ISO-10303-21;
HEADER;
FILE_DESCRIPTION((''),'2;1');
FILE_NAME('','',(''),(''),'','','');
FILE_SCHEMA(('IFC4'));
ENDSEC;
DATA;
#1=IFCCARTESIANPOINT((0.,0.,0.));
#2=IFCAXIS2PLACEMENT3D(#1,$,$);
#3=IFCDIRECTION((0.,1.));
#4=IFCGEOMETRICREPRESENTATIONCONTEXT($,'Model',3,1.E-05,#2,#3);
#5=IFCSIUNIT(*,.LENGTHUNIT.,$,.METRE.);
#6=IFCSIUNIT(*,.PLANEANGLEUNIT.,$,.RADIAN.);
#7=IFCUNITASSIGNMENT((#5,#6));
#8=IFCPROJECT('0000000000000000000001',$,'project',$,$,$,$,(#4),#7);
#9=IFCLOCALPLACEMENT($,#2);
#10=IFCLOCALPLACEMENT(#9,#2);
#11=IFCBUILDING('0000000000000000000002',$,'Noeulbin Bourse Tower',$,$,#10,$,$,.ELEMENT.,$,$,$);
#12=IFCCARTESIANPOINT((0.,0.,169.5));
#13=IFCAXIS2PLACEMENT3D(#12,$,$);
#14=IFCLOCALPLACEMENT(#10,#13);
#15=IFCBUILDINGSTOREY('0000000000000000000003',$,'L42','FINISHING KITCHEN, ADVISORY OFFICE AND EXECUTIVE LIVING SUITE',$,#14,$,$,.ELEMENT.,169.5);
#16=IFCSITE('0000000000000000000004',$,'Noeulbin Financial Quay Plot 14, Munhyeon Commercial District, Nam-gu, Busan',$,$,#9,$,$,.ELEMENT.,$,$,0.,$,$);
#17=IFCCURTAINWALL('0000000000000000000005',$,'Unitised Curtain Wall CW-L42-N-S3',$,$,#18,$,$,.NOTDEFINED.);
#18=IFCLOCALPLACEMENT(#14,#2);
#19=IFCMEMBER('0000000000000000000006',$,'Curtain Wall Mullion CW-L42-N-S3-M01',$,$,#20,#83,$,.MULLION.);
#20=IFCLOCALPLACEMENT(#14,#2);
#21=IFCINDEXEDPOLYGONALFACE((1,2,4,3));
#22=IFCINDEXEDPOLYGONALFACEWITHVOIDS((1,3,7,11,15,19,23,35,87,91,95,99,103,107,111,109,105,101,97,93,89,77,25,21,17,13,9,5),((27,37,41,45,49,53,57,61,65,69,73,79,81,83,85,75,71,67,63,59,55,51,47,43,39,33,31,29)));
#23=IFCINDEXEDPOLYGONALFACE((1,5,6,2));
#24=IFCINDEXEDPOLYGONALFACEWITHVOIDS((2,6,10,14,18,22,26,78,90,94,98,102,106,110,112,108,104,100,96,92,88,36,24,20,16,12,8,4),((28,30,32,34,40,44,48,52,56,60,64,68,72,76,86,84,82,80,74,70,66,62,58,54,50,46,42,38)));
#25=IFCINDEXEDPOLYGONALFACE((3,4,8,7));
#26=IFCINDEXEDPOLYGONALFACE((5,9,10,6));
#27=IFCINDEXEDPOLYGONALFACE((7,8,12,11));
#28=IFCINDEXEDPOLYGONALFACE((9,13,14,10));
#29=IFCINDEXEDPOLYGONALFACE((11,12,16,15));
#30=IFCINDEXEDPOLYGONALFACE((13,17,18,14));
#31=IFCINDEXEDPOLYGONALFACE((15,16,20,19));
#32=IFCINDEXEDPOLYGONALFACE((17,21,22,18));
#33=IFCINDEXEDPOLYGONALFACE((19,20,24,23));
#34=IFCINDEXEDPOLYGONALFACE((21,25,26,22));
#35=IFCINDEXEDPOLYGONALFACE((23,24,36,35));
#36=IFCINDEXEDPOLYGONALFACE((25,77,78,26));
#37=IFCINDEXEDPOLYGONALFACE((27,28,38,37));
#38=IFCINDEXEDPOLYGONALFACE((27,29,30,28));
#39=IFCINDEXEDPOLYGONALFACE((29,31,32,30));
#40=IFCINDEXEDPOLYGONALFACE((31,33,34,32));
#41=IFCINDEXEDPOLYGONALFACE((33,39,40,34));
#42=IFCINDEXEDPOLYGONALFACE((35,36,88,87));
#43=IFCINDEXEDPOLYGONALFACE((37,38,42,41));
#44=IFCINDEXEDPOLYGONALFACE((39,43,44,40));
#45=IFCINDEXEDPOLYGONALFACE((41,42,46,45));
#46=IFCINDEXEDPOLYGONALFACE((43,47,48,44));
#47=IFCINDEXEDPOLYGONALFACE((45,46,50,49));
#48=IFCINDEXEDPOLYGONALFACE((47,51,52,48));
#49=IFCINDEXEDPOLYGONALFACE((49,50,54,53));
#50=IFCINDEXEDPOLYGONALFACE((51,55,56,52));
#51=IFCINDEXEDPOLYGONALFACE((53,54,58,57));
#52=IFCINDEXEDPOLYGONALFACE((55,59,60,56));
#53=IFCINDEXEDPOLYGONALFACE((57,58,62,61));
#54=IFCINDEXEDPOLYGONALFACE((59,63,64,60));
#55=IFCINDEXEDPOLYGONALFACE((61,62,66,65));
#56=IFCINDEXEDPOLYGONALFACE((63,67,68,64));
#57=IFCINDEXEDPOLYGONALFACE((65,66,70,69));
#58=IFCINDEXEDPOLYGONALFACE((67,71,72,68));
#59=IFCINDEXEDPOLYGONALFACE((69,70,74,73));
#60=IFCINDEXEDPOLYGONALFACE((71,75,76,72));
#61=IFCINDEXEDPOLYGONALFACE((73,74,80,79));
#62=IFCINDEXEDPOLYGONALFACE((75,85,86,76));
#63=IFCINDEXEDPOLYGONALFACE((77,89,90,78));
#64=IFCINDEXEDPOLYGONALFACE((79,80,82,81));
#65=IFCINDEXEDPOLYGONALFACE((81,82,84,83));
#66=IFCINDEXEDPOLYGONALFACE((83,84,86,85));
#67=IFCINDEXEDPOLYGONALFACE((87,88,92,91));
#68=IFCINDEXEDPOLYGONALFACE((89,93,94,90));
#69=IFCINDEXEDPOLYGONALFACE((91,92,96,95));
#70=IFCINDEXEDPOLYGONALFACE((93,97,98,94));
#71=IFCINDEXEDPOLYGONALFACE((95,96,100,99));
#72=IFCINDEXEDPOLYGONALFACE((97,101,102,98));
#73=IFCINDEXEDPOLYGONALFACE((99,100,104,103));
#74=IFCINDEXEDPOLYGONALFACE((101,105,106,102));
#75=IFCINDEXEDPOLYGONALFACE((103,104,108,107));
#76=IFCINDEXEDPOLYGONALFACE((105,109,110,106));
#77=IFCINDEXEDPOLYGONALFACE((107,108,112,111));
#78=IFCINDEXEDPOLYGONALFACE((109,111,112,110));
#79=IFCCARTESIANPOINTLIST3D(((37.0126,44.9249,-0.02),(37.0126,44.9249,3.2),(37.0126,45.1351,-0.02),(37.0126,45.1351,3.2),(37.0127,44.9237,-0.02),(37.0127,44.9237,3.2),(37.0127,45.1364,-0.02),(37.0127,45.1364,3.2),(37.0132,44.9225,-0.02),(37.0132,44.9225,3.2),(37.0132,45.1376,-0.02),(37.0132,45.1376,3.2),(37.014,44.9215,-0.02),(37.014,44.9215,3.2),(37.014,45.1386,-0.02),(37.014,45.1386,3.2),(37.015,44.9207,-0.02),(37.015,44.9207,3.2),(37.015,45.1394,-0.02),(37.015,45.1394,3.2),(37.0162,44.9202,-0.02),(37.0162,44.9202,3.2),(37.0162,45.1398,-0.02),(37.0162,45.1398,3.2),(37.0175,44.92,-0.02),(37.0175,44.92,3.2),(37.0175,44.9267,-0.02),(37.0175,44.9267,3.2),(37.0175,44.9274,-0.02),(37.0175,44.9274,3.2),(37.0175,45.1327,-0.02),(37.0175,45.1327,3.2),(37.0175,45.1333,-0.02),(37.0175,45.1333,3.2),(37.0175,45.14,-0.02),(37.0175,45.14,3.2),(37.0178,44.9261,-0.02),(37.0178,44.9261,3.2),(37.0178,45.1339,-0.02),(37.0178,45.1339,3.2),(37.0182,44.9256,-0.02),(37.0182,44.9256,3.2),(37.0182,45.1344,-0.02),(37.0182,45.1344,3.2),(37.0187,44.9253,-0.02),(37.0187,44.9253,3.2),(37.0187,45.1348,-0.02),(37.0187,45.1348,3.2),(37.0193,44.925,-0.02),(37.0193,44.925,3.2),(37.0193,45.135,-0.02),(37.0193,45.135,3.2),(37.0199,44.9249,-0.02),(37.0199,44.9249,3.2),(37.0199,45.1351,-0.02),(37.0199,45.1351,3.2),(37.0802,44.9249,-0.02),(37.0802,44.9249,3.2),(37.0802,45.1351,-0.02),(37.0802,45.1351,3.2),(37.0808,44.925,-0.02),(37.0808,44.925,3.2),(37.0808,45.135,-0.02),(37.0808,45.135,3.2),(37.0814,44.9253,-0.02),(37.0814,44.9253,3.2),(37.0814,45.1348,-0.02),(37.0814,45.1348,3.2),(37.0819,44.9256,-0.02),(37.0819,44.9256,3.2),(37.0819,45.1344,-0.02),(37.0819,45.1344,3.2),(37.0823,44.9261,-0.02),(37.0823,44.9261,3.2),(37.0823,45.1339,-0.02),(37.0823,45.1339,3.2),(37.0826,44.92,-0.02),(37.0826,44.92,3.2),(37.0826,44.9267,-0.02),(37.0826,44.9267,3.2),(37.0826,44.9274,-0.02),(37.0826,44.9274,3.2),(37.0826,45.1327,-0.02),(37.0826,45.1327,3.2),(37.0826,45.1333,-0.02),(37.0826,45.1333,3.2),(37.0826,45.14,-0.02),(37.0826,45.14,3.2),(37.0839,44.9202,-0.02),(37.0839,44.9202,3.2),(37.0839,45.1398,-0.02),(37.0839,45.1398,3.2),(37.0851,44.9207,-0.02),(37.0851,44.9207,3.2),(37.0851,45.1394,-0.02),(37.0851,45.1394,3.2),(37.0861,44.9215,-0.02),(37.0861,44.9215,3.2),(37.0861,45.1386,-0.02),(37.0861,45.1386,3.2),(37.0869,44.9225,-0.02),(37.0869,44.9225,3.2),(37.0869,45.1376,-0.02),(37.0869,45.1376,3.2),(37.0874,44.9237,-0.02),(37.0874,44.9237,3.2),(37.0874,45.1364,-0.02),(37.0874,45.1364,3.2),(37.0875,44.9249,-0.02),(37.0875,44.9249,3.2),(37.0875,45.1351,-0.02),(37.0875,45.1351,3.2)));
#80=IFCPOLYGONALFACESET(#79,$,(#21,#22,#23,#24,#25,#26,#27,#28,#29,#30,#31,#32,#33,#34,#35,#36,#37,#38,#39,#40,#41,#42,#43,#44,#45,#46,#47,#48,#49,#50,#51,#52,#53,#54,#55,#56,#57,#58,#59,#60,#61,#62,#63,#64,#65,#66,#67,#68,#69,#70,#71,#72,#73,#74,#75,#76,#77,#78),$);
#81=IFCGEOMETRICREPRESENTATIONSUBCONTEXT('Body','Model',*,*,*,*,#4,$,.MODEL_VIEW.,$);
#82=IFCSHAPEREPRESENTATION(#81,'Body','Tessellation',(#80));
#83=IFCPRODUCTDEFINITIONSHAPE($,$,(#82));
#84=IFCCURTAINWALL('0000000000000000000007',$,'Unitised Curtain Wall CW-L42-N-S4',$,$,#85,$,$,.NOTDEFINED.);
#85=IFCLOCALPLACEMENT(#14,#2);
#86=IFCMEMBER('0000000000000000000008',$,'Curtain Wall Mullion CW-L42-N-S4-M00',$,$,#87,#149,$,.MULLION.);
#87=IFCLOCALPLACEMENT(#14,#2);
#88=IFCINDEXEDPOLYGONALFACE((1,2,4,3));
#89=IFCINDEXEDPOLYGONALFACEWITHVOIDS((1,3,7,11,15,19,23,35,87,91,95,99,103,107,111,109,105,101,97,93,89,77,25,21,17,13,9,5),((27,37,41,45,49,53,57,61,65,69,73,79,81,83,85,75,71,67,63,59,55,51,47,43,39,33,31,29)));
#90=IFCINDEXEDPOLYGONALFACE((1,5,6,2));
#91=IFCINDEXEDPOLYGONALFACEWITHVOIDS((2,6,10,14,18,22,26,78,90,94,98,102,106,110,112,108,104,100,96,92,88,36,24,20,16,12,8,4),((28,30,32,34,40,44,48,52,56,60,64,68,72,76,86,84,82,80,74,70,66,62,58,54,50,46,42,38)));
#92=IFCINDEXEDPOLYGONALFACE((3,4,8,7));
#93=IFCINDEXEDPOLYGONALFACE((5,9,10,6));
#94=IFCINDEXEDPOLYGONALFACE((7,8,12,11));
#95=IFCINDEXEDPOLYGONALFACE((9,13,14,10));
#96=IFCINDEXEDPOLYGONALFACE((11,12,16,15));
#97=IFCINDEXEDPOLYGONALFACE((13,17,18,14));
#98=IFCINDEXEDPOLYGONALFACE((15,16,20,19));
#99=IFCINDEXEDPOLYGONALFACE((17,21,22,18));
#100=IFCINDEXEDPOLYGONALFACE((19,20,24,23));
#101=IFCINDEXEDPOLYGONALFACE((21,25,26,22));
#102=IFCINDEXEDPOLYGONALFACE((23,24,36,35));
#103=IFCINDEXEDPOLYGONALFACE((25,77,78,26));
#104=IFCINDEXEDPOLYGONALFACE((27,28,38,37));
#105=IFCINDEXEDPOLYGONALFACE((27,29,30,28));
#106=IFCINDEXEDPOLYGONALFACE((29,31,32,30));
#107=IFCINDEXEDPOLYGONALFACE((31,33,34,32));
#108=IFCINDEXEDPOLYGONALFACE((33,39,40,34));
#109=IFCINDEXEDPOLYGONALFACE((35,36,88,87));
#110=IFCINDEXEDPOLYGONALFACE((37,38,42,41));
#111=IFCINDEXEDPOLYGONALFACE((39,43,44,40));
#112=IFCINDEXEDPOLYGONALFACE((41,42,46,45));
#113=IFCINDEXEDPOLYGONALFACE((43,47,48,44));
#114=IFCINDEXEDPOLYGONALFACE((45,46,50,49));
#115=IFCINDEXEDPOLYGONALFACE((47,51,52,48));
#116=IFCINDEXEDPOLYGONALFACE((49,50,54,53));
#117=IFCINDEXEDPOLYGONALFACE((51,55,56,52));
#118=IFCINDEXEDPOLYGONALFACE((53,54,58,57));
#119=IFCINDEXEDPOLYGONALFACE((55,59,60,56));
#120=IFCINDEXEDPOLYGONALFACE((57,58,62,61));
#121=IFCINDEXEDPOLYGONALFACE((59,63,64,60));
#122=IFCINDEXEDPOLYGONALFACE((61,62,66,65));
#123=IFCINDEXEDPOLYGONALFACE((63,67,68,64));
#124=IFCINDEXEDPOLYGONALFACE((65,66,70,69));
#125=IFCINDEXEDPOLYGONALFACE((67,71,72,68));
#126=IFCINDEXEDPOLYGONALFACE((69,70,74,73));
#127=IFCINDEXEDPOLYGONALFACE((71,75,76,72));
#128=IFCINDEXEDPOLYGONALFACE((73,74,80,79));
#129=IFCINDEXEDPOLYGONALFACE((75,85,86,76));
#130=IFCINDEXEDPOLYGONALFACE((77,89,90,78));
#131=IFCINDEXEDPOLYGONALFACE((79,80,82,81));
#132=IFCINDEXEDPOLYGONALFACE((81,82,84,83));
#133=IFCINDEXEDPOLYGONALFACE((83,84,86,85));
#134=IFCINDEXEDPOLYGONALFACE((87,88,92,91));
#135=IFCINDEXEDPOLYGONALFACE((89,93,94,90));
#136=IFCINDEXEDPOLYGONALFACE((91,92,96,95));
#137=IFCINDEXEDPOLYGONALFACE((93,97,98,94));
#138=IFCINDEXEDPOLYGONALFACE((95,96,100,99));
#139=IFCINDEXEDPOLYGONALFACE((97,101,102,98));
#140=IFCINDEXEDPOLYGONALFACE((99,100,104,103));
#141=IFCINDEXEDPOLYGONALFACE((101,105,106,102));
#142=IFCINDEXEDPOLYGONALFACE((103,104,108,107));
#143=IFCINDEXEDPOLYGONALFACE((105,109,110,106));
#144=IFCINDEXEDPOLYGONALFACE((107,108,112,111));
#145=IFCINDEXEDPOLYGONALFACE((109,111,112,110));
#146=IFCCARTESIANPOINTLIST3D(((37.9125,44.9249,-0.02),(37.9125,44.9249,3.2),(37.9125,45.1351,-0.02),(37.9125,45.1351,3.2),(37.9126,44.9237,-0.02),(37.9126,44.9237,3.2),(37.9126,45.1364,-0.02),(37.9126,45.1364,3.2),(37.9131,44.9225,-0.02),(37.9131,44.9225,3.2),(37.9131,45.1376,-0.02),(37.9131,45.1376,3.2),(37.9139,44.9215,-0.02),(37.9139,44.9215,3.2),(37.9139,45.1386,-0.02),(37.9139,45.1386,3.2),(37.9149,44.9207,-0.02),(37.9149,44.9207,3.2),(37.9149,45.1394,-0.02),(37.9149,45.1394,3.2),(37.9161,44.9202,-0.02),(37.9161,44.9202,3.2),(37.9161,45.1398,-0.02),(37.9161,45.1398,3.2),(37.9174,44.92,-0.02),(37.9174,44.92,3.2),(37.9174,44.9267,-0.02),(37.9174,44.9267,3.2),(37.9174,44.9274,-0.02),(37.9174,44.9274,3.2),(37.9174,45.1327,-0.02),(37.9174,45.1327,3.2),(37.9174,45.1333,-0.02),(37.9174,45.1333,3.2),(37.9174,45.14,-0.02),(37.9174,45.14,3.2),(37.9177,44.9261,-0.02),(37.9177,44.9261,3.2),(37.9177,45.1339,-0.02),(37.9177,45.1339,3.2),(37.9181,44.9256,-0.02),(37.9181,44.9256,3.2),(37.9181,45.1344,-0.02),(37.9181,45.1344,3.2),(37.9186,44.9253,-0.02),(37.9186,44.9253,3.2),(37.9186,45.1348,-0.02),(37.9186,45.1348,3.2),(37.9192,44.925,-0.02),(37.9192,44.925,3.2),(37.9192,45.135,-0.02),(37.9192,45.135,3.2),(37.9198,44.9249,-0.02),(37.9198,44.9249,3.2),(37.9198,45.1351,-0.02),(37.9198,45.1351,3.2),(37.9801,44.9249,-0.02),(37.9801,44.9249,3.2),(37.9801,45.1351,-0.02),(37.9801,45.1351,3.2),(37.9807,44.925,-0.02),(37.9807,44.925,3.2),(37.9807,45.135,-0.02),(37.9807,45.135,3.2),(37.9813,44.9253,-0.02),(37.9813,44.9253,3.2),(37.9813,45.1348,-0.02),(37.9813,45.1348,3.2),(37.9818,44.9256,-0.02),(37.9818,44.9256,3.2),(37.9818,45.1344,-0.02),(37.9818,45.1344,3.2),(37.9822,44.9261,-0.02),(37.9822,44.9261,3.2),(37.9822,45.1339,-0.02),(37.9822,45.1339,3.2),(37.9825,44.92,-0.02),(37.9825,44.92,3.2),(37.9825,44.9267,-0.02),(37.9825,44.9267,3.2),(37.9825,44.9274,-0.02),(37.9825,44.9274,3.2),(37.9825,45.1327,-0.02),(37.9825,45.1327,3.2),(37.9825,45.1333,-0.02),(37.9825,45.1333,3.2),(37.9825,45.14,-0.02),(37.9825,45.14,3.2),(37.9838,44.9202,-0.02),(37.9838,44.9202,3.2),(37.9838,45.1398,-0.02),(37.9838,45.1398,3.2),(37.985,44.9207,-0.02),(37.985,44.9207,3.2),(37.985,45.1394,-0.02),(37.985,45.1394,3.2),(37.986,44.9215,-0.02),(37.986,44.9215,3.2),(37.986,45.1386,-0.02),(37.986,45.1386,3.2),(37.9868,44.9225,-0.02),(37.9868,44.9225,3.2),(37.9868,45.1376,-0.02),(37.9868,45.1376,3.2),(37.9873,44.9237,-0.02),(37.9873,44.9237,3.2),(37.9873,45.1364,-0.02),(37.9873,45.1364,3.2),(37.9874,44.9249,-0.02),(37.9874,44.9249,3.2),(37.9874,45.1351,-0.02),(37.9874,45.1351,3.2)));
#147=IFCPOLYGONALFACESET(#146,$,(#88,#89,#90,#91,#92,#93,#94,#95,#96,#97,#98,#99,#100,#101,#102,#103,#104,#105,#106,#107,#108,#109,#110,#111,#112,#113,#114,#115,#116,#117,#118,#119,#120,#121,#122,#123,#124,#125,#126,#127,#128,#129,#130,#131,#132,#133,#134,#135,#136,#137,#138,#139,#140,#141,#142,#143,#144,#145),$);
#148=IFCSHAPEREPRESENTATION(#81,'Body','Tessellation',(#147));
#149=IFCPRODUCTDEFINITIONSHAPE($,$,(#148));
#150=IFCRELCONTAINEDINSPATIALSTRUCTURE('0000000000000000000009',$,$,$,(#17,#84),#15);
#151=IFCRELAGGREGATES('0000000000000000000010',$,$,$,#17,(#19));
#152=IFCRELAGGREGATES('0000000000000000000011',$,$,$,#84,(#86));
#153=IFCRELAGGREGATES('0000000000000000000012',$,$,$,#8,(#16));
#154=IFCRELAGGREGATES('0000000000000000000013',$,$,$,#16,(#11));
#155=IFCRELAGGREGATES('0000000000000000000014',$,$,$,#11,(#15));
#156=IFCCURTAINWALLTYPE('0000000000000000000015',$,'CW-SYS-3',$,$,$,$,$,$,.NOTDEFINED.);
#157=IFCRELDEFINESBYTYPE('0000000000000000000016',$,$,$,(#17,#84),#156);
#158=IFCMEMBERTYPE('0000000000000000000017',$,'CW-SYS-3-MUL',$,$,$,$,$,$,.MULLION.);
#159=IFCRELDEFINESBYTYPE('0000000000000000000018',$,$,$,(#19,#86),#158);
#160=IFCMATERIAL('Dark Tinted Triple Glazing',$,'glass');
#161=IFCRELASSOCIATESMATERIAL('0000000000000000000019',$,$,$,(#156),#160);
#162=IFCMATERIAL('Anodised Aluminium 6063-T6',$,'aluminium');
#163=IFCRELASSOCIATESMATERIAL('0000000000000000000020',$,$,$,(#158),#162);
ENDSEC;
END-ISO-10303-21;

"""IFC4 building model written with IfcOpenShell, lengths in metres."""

from ifc_helpers import new_model, si_unit, direction, frame, origin, origin_2d, place, context, subcontext, project, spatial, hollow_rectangle, extrude, material, material_profile, profile_set, type_object, element, aggregate, save


model = new_model("IFC4")

# Units and contexts
model_context = context("Model", 3, precision=1e-05, world=origin(), true_north=direction((0.0, 1.0)))
body_context = subcontext(model_context, "Body", "Model", "MODEL_VIEW")
ifc_project = project(units=[si_unit("LENGTHUNIT", "METRE"), si_unit("PLANEANGLEUNIT", "RADIAN")], contexts=[model_context])

# Site, building, storey
site_placement = place(None, origin())
site = spatial("IfcSite", under=ifc_project, at=site_placement, Name="Noeulbin Financial Quay Plot 14, Munhyeon Commercial District, Nam-gu, Busan", CompositionType="ELEMENT", RefElevation=0.0)
building_placement = place(site_placement, origin())
building = spatial("IfcBuilding", under=site, at=building_placement, Name="Noeulbin Bourse Tower", CompositionType="ELEMENT")
storey_placement = place(building_placement, frame((0.0, 0.0, 169.5)))
storey = spatial("IfcBuildingStorey", under=building, at=storey_placement, Name="L42", Description="FINISHING KITCHEN, ADVISORY OFFICE AND EXECUTIVE LIVING SUITE", CompositionType="ELEMENT", Elevation=169.5)

# Curtain wall, member
ifc_material_1 = material(Name="Dark Tinted Triple Glazing", Category="glass")
curtain_wall_type = type_object("IfcCurtainWallType", Name="CW-SYS-3", PredefinedType="NOTDEFINED", material=ifc_material_1)
curtain_wall_1_placement = place(storey_placement, origin())
curtain_wall_1 = element("IfcCurtainWall", 1, at=curtain_wall_1_placement, inside=storey, type_object=curtain_wall_type, Name="Unitised Curtain Wall CW-L42-N-S3", PredefinedType="NOTDEFINED")
ifc_material_2 = material(Name="Anodised Aluminium 6063-T6", Category="aluminium")
ifc_material_profile_1 = material_profile(ifc_material_2, hollow_rectangle(XDim=0.075, YDim=0.22, WallThickness=0.0049, InnerFilletRadius=0.0024, OuterFilletRadius=0.0049, at=origin_2d()), Name="ALU-MULL-75x220x5", Category="LoadBearing")
ifc_profile_set_1 = profile_set([ifc_material_profile_1], Name="Anodised Aluminium 6063-T6")
member_type_1 = type_object("IfcMemberType", Name="CW-SYS-3-MUL", PredefinedType="MULLION", material=ifc_profile_set_1)
member_1_placement = place(storey_placement, frame((37.05, 45.03, -0.02), z_axis=(0.0, 0.0, 1.0), x_axis=(1.0, 0.0, 0.0)))
member_1 = element("IfcMember", 2, at=member_1_placement, type_object=member_type_1, Name="Curtain Wall Mullion CW-L42-N-S3-M01", PredefinedType="MULLION", context=body_context, shape_type="SweptSolid", body=[
    extrude(hollow_rectangle(XDim=0.075, YDim=0.22, WallThickness=0.0049, InnerFilletRadius=0.0024, OuterFilletRadius=0.0049, at=origin_2d()), origin(), (0.0, 0.0, 1.0), 3.22),
])

# Curtain wall, member
curtain_wall_2_placement = place(storey_placement, origin())
curtain_wall_2 = element("IfcCurtainWall", 3, at=curtain_wall_2_placement, inside=storey, type_object=curtain_wall_type, Name="Unitised Curtain Wall CW-L42-N-S4", PredefinedType="NOTDEFINED")
member_2_placement = place(storey_placement, frame((37.95, 45.03, -0.02), z_axis=(0.0, 0.0, 1.0), x_axis=(1.0, 0.0, 0.0)))
member_2 = element("IfcMember", 4, at=member_2_placement, type_object=member_type_1, Name="Curtain Wall Mullion CW-L42-N-S4-M00", PredefinedType="MULLION", context=body_context, shape_type="SweptSolid", body=[
    extrude(hollow_rectangle(XDim=0.075, YDim=0.22, WallThickness=0.0049, InnerFilletRadius=0.0024, OuterFilletRadius=0.0049, at=origin_2d()), origin(), (0.0, 0.0, 1.0), 3.22),
])

aggregate(curtain_wall_1, [member_1])
aggregate(curtain_wall_2, [member_2])

save(model, "model.ifc")
